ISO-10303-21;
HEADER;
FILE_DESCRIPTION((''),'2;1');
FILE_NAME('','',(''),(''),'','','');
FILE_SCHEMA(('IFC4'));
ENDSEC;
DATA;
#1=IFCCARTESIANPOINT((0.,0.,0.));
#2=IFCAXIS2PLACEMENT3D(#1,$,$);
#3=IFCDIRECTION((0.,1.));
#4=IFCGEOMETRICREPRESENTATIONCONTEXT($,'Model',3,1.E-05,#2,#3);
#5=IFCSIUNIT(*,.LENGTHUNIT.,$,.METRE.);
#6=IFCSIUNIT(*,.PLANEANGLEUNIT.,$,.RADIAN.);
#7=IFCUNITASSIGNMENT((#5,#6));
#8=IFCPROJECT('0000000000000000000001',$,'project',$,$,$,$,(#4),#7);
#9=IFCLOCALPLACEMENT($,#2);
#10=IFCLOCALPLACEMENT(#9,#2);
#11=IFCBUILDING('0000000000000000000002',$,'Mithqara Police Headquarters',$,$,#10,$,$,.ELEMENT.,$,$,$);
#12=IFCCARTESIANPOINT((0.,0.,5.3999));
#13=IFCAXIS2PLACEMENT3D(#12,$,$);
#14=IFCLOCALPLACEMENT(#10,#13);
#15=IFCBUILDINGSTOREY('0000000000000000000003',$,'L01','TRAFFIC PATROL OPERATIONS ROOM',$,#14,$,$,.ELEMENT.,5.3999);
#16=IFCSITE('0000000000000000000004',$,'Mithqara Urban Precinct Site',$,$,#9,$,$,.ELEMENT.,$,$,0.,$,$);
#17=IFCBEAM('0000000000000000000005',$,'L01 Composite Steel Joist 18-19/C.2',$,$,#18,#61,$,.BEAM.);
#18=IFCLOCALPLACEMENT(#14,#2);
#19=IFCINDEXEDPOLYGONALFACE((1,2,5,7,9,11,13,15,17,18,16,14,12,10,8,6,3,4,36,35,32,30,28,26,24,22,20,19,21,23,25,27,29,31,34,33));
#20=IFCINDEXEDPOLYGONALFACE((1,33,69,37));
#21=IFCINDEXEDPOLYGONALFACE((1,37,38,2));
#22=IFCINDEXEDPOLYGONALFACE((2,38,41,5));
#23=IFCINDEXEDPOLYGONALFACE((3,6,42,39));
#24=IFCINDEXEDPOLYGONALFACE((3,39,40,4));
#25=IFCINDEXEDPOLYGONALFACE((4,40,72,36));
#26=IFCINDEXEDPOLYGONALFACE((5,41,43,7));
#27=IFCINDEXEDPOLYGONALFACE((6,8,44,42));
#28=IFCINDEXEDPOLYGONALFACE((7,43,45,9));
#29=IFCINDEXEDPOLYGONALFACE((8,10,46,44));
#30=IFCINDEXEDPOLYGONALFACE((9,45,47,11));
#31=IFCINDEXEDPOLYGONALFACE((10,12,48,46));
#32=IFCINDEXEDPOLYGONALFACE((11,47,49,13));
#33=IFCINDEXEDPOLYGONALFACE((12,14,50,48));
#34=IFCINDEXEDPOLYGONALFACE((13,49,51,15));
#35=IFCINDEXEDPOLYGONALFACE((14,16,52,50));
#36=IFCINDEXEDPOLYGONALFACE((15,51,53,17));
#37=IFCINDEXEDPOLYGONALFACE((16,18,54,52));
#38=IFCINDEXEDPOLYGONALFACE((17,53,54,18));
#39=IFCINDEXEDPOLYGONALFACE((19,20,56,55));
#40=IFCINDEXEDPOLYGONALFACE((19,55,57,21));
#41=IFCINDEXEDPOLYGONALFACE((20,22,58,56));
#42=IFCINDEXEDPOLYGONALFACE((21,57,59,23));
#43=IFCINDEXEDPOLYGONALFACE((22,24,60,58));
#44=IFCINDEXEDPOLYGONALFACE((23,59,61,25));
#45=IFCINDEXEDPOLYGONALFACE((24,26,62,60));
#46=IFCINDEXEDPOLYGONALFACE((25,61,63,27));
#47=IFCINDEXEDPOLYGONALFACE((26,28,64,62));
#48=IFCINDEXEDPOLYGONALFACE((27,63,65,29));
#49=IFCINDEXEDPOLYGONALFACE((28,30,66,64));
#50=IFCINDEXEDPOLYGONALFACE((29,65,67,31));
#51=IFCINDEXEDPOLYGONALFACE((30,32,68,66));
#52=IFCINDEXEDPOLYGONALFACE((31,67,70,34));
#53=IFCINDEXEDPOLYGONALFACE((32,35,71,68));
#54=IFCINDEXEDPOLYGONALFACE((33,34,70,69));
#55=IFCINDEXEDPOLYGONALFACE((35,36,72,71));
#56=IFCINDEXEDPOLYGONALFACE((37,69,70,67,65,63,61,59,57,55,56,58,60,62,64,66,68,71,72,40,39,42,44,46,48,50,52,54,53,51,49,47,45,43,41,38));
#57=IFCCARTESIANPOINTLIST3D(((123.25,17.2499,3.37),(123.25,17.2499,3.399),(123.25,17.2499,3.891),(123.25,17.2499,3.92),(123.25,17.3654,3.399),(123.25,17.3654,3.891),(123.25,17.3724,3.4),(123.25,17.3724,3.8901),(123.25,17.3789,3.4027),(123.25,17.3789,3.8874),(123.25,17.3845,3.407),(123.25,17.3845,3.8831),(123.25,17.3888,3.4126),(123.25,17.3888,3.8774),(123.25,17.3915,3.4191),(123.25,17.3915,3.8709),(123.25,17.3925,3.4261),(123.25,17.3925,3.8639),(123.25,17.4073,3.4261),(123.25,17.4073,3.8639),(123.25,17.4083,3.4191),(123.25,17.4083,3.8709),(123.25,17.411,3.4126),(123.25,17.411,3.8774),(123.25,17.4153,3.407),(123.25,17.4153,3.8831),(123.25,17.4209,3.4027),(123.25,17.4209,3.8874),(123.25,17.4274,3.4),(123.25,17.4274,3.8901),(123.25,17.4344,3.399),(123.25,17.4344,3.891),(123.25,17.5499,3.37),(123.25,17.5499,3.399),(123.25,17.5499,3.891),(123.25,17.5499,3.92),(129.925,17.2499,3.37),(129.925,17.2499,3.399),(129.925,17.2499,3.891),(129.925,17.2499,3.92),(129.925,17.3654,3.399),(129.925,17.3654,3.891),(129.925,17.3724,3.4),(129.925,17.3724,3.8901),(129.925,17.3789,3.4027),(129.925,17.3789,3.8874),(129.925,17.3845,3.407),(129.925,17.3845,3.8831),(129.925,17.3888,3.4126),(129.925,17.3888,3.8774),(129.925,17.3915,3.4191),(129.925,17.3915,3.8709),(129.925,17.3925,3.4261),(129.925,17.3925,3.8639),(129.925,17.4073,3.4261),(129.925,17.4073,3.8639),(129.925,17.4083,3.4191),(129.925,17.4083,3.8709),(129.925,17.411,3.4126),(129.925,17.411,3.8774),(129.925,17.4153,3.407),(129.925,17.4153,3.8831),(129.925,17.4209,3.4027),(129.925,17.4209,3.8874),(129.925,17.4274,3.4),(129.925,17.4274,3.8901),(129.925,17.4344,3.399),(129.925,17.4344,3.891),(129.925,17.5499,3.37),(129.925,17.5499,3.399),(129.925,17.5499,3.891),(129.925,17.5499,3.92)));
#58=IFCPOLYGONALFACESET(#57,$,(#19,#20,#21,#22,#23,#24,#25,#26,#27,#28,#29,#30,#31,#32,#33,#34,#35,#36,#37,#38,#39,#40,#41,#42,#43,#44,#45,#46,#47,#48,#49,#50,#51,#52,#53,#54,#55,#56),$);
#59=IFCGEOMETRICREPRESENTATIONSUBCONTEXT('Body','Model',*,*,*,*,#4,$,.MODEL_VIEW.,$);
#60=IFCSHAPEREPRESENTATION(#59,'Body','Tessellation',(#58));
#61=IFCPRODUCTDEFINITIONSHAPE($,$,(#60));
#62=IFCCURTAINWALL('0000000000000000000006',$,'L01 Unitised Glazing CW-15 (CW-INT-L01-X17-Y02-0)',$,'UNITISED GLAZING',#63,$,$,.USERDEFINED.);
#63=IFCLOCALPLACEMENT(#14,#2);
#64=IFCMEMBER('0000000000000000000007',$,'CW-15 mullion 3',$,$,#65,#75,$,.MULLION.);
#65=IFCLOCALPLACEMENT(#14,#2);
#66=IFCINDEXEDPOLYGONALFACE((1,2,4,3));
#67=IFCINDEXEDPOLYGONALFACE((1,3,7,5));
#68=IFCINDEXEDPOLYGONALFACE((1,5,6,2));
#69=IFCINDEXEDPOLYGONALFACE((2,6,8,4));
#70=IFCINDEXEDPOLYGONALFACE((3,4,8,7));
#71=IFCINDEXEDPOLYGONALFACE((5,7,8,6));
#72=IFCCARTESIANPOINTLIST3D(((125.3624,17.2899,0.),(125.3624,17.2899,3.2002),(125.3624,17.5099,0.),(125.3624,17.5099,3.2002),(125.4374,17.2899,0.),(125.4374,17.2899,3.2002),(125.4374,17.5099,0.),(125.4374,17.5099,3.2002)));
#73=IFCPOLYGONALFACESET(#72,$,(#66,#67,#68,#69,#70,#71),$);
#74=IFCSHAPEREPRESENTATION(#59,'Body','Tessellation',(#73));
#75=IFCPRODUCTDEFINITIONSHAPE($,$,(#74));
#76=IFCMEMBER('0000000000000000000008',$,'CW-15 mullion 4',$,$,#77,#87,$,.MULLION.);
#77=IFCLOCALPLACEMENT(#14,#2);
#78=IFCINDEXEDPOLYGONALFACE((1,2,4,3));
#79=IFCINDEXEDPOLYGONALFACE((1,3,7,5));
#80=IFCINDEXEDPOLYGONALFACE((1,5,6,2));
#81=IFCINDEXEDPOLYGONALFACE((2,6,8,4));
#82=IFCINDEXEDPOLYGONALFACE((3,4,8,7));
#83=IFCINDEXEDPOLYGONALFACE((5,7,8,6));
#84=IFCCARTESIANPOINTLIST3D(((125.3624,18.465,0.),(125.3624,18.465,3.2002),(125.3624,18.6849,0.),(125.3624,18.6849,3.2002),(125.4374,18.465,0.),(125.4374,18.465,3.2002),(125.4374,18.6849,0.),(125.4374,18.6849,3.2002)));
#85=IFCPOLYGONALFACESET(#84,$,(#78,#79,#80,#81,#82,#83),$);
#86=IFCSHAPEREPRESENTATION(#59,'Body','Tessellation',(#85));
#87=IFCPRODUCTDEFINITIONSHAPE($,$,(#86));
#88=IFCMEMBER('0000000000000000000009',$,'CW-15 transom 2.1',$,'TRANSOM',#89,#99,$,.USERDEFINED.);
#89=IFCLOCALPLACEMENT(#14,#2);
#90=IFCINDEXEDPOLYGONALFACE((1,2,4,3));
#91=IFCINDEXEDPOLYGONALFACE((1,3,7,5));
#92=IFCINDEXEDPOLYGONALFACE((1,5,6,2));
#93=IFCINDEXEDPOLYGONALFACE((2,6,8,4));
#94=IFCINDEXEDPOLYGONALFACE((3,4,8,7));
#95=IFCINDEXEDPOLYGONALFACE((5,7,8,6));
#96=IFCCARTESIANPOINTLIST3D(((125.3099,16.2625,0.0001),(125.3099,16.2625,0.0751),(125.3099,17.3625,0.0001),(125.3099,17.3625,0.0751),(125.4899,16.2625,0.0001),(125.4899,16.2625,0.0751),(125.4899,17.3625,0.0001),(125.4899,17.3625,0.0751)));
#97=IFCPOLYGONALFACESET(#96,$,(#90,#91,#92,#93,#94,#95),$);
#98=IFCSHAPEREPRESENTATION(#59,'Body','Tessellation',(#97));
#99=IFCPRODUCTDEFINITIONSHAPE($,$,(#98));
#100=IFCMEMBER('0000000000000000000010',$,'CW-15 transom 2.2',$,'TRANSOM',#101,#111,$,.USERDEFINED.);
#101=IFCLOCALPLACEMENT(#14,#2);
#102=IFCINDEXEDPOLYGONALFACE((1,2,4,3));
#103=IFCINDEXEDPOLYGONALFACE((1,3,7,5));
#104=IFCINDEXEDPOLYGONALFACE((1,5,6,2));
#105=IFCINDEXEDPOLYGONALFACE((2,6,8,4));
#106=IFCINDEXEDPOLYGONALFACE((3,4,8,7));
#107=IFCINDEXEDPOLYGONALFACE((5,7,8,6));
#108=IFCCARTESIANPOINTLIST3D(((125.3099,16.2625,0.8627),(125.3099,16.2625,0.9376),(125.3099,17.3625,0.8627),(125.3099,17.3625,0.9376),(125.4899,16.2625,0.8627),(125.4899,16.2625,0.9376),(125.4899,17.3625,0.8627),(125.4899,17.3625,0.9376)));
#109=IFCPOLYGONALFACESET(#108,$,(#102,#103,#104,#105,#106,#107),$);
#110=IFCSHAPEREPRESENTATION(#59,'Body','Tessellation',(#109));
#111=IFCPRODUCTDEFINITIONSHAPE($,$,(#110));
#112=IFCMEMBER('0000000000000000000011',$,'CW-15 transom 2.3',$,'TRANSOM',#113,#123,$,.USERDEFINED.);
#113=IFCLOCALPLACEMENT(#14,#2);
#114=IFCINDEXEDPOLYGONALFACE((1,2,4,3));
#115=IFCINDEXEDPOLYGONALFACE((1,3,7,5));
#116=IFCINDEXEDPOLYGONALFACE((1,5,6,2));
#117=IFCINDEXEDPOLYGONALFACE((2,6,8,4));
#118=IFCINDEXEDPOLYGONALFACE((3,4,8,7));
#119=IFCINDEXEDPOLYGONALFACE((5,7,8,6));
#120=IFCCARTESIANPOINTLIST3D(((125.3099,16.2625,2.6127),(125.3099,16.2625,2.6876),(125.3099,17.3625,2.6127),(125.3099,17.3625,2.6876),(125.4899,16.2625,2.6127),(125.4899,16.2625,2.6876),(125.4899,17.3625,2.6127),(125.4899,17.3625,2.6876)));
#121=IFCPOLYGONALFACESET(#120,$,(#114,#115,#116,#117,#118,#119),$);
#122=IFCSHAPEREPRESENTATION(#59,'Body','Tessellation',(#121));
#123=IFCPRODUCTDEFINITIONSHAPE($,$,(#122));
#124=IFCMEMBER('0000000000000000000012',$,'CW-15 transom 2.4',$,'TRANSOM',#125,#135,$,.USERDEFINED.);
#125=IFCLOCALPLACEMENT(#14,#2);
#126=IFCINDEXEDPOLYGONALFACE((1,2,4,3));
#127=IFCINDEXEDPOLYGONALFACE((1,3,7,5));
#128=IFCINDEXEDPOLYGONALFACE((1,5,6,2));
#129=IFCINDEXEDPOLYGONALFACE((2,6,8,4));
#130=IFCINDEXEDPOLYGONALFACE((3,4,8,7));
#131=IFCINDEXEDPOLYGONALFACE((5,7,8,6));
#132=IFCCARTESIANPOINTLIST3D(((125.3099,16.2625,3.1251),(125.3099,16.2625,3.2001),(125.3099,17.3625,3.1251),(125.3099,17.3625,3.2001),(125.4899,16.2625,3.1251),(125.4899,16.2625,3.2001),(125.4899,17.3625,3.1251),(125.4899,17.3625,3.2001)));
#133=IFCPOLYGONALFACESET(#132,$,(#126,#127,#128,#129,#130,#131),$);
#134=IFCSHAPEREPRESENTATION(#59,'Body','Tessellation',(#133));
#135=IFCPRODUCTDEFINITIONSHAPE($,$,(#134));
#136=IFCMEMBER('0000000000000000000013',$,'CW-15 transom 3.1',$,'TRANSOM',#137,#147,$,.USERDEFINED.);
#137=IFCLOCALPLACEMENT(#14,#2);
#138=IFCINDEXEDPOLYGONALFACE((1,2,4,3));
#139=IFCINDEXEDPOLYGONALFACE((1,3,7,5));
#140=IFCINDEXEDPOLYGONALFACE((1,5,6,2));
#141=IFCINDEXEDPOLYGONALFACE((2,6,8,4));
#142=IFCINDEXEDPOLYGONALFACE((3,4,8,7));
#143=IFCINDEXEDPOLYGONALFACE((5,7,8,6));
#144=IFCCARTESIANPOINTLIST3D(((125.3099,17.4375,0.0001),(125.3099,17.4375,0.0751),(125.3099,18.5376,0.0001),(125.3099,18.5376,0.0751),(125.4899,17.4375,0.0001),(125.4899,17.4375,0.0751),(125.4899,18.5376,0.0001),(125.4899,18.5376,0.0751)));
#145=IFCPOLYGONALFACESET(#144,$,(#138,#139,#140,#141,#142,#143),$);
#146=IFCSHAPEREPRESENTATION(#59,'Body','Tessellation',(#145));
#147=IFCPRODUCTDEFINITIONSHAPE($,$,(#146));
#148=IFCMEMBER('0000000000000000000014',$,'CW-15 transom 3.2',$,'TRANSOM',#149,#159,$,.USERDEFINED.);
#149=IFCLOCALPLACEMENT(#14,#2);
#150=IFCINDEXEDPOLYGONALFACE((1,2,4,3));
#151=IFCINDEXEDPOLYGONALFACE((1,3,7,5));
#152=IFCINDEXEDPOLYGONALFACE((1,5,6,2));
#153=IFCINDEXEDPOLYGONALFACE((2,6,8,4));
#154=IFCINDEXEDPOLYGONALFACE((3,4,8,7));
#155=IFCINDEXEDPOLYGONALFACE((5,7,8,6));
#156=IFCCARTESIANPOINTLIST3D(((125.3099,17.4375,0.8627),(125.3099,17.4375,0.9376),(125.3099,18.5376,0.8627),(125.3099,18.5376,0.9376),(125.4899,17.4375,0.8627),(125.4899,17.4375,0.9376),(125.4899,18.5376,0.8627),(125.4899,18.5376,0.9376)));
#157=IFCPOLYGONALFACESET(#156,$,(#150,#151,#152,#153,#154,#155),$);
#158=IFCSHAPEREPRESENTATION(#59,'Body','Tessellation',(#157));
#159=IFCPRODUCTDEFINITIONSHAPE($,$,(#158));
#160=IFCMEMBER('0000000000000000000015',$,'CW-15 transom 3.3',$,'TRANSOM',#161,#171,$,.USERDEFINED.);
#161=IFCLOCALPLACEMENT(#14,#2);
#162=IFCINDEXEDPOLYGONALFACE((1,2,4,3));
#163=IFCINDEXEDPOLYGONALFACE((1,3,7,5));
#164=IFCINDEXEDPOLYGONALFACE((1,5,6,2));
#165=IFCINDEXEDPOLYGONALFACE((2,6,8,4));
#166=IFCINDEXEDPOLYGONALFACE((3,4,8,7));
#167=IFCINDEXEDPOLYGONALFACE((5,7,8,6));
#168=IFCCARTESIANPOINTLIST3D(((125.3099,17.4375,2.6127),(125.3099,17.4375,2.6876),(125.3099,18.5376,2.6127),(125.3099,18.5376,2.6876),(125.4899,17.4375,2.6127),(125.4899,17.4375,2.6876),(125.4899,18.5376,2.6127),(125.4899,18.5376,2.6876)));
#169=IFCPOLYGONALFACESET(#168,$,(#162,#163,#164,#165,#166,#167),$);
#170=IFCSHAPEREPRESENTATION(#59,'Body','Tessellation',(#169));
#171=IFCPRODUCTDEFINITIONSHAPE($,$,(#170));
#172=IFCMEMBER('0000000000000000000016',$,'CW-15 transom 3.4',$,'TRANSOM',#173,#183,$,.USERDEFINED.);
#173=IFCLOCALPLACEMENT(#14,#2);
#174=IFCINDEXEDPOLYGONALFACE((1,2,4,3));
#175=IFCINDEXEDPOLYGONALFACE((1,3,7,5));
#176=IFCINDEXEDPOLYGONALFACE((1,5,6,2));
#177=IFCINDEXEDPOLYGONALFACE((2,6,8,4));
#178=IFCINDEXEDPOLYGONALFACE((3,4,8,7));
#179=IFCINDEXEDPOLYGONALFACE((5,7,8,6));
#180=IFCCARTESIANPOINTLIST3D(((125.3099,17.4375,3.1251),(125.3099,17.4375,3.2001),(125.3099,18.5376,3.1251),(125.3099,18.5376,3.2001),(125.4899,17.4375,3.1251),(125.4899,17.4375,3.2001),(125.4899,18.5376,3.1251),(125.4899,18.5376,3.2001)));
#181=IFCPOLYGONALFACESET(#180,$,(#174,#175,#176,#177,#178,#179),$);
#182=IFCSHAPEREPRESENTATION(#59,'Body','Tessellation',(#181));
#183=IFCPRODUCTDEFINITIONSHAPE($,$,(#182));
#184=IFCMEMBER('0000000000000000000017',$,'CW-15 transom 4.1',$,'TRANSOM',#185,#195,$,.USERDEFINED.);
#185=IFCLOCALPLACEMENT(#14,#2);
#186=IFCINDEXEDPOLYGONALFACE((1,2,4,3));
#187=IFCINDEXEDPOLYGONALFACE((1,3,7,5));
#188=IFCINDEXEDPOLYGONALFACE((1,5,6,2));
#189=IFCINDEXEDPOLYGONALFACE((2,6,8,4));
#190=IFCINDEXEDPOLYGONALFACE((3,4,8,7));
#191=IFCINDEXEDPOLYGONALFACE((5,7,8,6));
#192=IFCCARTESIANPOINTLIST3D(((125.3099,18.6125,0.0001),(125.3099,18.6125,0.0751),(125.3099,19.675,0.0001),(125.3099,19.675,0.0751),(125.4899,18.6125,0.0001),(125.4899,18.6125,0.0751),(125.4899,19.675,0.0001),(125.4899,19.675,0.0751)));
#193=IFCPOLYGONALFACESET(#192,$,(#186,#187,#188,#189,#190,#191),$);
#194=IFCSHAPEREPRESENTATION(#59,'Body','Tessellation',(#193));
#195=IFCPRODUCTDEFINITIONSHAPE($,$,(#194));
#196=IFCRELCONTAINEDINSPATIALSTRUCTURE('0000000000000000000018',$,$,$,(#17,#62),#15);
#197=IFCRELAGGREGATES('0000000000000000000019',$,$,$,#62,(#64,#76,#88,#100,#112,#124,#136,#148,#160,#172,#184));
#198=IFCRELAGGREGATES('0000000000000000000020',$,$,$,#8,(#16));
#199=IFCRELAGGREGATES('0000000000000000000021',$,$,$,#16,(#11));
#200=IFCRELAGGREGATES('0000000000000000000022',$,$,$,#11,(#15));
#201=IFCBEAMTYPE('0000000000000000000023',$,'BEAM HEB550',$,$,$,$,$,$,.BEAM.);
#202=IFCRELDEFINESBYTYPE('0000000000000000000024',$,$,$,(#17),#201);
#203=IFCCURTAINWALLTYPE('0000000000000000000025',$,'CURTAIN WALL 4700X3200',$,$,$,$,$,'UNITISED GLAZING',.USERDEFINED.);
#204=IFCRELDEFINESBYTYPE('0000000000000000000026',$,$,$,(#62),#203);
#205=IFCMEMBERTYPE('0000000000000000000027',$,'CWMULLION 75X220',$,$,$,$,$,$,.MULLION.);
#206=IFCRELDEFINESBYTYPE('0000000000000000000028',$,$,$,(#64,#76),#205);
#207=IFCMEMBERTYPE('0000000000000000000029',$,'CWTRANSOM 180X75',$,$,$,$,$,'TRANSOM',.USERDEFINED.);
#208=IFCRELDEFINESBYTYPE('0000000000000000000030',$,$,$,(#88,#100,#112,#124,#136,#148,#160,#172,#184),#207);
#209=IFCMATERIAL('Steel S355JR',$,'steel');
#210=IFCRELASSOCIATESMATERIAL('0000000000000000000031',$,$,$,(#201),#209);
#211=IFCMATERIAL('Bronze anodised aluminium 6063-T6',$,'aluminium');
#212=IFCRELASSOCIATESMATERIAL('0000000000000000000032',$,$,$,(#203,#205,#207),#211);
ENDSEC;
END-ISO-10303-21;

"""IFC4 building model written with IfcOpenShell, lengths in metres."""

from ifc_helpers import new_model, si_unit, direction, frame, origin, origin_2d, place, context, subcontext, project, spatial, rectangle, i_section, extrude, material, material_profile, profile_set, type_object, element, aggregate, save


model = new_model("IFC4")

# Units and contexts
model_context = context("Model", 3, precision=1e-05, world=origin(), true_north=direction((0.0, 1.0)))
body_context = subcontext(model_context, "Body", "Model", "MODEL_VIEW")
ifc_project = project(units=[si_unit("LENGTHUNIT", "METRE"), si_unit("PLANEANGLEUNIT", "RADIAN")], contexts=[model_context])

# Site, building, storey
site_placement = place(None, origin())
site = spatial("IfcSite", under=ifc_project, at=site_placement, Name="Mithqara Urban Precinct Site", CompositionType="ELEMENT", RefElevation=0.0)
building_placement = place(site_placement, origin())
building = spatial("IfcBuilding", under=site, at=building_placement, Name="Mithqara Police Headquarters", CompositionType="ELEMENT")
storey_placement = place(building_placement, frame((0.0, 0.0, 5.3999)))
storey = spatial("IfcBuildingStorey", under=building, at=storey_placement, Name="L01", Description="TRAFFIC PATROL OPERATIONS ROOM", CompositionType="ELEMENT", Elevation=5.3999)

# Beam
ifc_material_1 = material(Name="Steel S355JR", Category="steel")
ifc_material_profile_1 = material_profile(ifc_material_1, i_section(OverallWidth=0.3, OverallDepth=0.55, WebThickness=0.0149, FlangeThickness=0.0291, FilletRadius=0.0271, at=origin_2d()), Name="HEB 550")
ifc_profile_set_1 = profile_set([ifc_material_profile_1], Name="Steel S355JR")
beam_type = type_object("IfcBeamType", Name="BEAM HEB550", PredefinedType="BEAM", material=ifc_profile_set_1)
beam_placement = place(storey_placement, frame((123.25, 17.3999, 3.645), z_axis=(1.0, 0.0, 0.0), x_axis=(0.0, 1.0, 0.0)))
element("IfcBeam", 1, at=beam_placement, inside=storey, type_object=beam_type, Name="L01 Composite Steel Joist 18-19/C.2", PredefinedType="BEAM", context=body_context, shape_type="SweptSolid", body=[
    extrude(i_section(OverallWidth=0.3, OverallDepth=0.55, WebThickness=0.0149, FlangeThickness=0.0291, FilletRadius=0.0271, at=origin_2d()), origin(), (0.0, 0.0, 1.0), 6.675),
])

# Curtain wall, members
ifc_material_2 = material(Name="Bronze anodised aluminium 6063-T6", Category="aluminium")
curtain_wall_type = type_object("IfcCurtainWallType", Name="CURTAIN WALL 4700X3200", ElementType="UNITISED GLAZING", PredefinedType="USERDEFINED", material=ifc_material_2)
curtain_wall_placement = place(storey_placement, origin())
curtain_wall = element("IfcCurtainWall", 2, at=curtain_wall_placement, inside=storey, type_object=curtain_wall_type, Name="L01 Unitised Glazing CW-15 (CW-INT-L01-X17-Y02-0)", ObjectType="UNITISED GLAZING", PredefinedType="USERDEFINED")
ifc_material_profile_2 = material_profile(ifc_material_2, rectangle(XDim=0.075, YDim=0.22, at=origin_2d()), Name="CWM 75x220")
ifc_profile_set_2 = profile_set([ifc_material_profile_2], Name="Bronze anodised aluminium 6063-T6")
member_type_1 = type_object("IfcMemberType", Name="CWMULLION 75X220", PredefinedType="MULLION", material=ifc_profile_set_2)
member_1_placement = place(storey_placement, frame((125.3999, 17.3999, 0.0), z_axis=(0.0, 0.0, 1.0), x_axis=(-1.0, 0.0, 0.0)))
member_1 = element("IfcMember", 3, at=member_1_placement, type_object=member_type_1, Name="CW-15 mullion 3", PredefinedType="MULLION", context=body_context, shape_type="SweptSolid", body=[
    extrude(rectangle(XDim=0.075, YDim=0.22, at=origin_2d()), origin(), (0.0, 0.0, 1.0), 3.2002),
])
member_2_placement = place(storey_placement, frame((125.3999, 18.575, 0.0), z_axis=(0.0, 0.0, 1.0), x_axis=(-1.0, 0.0, 0.0)))
member_2 = element("IfcMember", 4, at=member_2_placement, type_object=member_type_1, Name="CW-15 mullion 4", PredefinedType="MULLION", context=body_context, shape_type="SweptSolid", body=[
    extrude(rectangle(XDim=0.075, YDim=0.22, at=origin_2d()), origin(), (0.0, 0.0, 1.0), 3.2002),
])
ifc_material_profile_3 = material_profile(ifc_material_2, rectangle(XDim=0.1799, YDim=0.075, at=origin_2d()), Name="CWT 180x75")
ifc_profile_set_3 = profile_set([ifc_material_profile_3], Name="Bronze anodised aluminium 6063-T6")
member_type_2 = type_object("IfcMemberType", Name="CWTRANSOM 180X75", ElementType="TRANSOM", PredefinedType="USERDEFINED", material=ifc_profile_set_3)
member_3_placement = place(storey_placement, frame((125.3999, 16.2625, 0.0376), z_axis=(0.0, 1.0, 0.0), x_axis=(-1.0, 0.0, 0.0)))
member_3 = element("IfcMember", 5, at=member_3_placement, type_object=member_type_2, Name="CW-15 transom 2.1", ObjectType="TRANSOM", PredefinedType="USERDEFINED", context=body_context, shape_type="SweptSolid", body=[
    extrude(rectangle(XDim=0.1799, YDim=0.075, at=origin_2d()), origin(), (0.0, 0.0, 1.0), 1.1001),
])
member_4_placement = place(storey_placement, frame((125.3999, 16.2625, 0.9001), z_axis=(0.0, 1.0, 0.0), x_axis=(-1.0, 0.0, 0.0)))
member_4 = element("IfcMember", 6, at=member_4_placement, type_object=member_type_2, Name="CW-15 transom 2.2", ObjectType="TRANSOM", PredefinedType="USERDEFINED", context=body_context, shape_type="SweptSolid", body=[
    extrude(rectangle(XDim=0.1799, YDim=0.075, at=origin_2d()), origin(), (0.0, 0.0, 1.0), 1.1001),
])
member_5_placement = place(storey_placement, frame((125.3999, 16.2625, 2.6501), z_axis=(0.0, 1.0, 0.0), x_axis=(-1.0, 0.0, 0.0)))
member_5 = element("IfcMember", 7, at=member_5_placement, type_object=member_type_2, Name="CW-15 transom 2.3", ObjectType="TRANSOM", PredefinedType="USERDEFINED", context=body_context, shape_type="SweptSolid", body=[
    extrude(rectangle(XDim=0.1799, YDim=0.075, at=origin_2d()), origin(), (0.0, 0.0, 1.0), 1.1001),
])
member_6_placement = place(storey_placement, frame((125.3999, 16.2625, 3.1626), z_axis=(0.0, 1.0, 0.0), x_axis=(-1.0, 0.0, 0.0)))
member_6 = element("IfcMember", 8, at=member_6_placement, type_object=member_type_2, Name="CW-15 transom 2.4", ObjectType="TRANSOM", PredefinedType="USERDEFINED", context=body_context, shape_type="SweptSolid", body=[
    extrude(rectangle(XDim=0.1799, YDim=0.075, at=origin_2d()), origin(), (0.0, 0.0, 1.0), 1.1001),
])
member_7_placement = place(storey_placement, frame((125.3999, 17.4375, 0.0376), z_axis=(0.0, 1.0, 0.0), x_axis=(-1.0, 0.0, 0.0)))
member_7 = element("IfcMember", 9, at=member_7_placement, type_object=member_type_2, Name="CW-15 transom 3.1", ObjectType="TRANSOM", PredefinedType="USERDEFINED", context=body_context, shape_type="SweptSolid", body=[
    extrude(rectangle(XDim=0.1799, YDim=0.075, at=origin_2d()), origin(), (0.0, 0.0, 1.0), 1.1001),
])
member_8_placement = place(storey_placement, frame((125.3999, 17.4375, 0.9001), z_axis=(0.0, 1.0, 0.0), x_axis=(-1.0, 0.0, 0.0)))
member_8 = element("IfcMember", 10, at=member_8_placement, type_object=member_type_2, Name="CW-15 transom 3.2", ObjectType="TRANSOM", PredefinedType="USERDEFINED", context=body_context, shape_type="SweptSolid", body=[
    extrude(rectangle(XDim=0.1799, YDim=0.075, at=origin_2d()), origin(), (0.0, 0.0, 1.0), 1.1001),
])
member_9_placement = place(storey_placement, frame((125.3999, 17.4375, 2.6501), z_axis=(0.0, 1.0, 0.0), x_axis=(-1.0, 0.0, 0.0)))
member_9 = element("IfcMember", 11, at=member_9_placement, type_object=member_type_2, Name="CW-15 transom 3.3", ObjectType="TRANSOM", PredefinedType="USERDEFINED", context=body_context, shape_type="SweptSolid", body=[
    extrude(rectangle(XDim=0.1799, YDim=0.075, at=origin_2d()), origin(), (0.0, 0.0, 1.0), 1.1001),
])
member_10_placement = place(storey_placement, frame((125.3999, 17.4375, 3.1626), z_axis=(0.0, 1.0, 0.0), x_axis=(-1.0, 0.0, 0.0)))
member_10 = element("IfcMember", 12, at=member_10_placement, type_object=member_type_2, Name="CW-15 transom 3.4", ObjectType="TRANSOM", PredefinedType="USERDEFINED", context=body_context, shape_type="SweptSolid", body=[
    extrude(rectangle(XDim=0.1799, YDim=0.075, at=origin_2d()), origin(), (0.0, 0.0, 1.0), 1.1001),
])
member_11_placement = place(storey_placement, frame((125.3999, 18.6125, 0.0376), z_axis=(0.0, 1.0, 0.0), x_axis=(-1.0, 0.0, 0.0)))
member_11 = element("IfcMember", 13, at=member_11_placement, type_object=member_type_2, Name="CW-15 transom 4.1", ObjectType="TRANSOM", PredefinedType="USERDEFINED", context=body_context, shape_type="SweptSolid", body=[
    extrude(rectangle(XDim=0.1799, YDim=0.075, at=origin_2d()), origin(), (0.0, 0.0, 1.0), 1.0625),
])
aggregate(curtain_wall, [member_1, member_2, member_3, member_4, member_5, member_6, member_7, member_8, member_9, member_10, member_11])

save(model, "model.ifc")
